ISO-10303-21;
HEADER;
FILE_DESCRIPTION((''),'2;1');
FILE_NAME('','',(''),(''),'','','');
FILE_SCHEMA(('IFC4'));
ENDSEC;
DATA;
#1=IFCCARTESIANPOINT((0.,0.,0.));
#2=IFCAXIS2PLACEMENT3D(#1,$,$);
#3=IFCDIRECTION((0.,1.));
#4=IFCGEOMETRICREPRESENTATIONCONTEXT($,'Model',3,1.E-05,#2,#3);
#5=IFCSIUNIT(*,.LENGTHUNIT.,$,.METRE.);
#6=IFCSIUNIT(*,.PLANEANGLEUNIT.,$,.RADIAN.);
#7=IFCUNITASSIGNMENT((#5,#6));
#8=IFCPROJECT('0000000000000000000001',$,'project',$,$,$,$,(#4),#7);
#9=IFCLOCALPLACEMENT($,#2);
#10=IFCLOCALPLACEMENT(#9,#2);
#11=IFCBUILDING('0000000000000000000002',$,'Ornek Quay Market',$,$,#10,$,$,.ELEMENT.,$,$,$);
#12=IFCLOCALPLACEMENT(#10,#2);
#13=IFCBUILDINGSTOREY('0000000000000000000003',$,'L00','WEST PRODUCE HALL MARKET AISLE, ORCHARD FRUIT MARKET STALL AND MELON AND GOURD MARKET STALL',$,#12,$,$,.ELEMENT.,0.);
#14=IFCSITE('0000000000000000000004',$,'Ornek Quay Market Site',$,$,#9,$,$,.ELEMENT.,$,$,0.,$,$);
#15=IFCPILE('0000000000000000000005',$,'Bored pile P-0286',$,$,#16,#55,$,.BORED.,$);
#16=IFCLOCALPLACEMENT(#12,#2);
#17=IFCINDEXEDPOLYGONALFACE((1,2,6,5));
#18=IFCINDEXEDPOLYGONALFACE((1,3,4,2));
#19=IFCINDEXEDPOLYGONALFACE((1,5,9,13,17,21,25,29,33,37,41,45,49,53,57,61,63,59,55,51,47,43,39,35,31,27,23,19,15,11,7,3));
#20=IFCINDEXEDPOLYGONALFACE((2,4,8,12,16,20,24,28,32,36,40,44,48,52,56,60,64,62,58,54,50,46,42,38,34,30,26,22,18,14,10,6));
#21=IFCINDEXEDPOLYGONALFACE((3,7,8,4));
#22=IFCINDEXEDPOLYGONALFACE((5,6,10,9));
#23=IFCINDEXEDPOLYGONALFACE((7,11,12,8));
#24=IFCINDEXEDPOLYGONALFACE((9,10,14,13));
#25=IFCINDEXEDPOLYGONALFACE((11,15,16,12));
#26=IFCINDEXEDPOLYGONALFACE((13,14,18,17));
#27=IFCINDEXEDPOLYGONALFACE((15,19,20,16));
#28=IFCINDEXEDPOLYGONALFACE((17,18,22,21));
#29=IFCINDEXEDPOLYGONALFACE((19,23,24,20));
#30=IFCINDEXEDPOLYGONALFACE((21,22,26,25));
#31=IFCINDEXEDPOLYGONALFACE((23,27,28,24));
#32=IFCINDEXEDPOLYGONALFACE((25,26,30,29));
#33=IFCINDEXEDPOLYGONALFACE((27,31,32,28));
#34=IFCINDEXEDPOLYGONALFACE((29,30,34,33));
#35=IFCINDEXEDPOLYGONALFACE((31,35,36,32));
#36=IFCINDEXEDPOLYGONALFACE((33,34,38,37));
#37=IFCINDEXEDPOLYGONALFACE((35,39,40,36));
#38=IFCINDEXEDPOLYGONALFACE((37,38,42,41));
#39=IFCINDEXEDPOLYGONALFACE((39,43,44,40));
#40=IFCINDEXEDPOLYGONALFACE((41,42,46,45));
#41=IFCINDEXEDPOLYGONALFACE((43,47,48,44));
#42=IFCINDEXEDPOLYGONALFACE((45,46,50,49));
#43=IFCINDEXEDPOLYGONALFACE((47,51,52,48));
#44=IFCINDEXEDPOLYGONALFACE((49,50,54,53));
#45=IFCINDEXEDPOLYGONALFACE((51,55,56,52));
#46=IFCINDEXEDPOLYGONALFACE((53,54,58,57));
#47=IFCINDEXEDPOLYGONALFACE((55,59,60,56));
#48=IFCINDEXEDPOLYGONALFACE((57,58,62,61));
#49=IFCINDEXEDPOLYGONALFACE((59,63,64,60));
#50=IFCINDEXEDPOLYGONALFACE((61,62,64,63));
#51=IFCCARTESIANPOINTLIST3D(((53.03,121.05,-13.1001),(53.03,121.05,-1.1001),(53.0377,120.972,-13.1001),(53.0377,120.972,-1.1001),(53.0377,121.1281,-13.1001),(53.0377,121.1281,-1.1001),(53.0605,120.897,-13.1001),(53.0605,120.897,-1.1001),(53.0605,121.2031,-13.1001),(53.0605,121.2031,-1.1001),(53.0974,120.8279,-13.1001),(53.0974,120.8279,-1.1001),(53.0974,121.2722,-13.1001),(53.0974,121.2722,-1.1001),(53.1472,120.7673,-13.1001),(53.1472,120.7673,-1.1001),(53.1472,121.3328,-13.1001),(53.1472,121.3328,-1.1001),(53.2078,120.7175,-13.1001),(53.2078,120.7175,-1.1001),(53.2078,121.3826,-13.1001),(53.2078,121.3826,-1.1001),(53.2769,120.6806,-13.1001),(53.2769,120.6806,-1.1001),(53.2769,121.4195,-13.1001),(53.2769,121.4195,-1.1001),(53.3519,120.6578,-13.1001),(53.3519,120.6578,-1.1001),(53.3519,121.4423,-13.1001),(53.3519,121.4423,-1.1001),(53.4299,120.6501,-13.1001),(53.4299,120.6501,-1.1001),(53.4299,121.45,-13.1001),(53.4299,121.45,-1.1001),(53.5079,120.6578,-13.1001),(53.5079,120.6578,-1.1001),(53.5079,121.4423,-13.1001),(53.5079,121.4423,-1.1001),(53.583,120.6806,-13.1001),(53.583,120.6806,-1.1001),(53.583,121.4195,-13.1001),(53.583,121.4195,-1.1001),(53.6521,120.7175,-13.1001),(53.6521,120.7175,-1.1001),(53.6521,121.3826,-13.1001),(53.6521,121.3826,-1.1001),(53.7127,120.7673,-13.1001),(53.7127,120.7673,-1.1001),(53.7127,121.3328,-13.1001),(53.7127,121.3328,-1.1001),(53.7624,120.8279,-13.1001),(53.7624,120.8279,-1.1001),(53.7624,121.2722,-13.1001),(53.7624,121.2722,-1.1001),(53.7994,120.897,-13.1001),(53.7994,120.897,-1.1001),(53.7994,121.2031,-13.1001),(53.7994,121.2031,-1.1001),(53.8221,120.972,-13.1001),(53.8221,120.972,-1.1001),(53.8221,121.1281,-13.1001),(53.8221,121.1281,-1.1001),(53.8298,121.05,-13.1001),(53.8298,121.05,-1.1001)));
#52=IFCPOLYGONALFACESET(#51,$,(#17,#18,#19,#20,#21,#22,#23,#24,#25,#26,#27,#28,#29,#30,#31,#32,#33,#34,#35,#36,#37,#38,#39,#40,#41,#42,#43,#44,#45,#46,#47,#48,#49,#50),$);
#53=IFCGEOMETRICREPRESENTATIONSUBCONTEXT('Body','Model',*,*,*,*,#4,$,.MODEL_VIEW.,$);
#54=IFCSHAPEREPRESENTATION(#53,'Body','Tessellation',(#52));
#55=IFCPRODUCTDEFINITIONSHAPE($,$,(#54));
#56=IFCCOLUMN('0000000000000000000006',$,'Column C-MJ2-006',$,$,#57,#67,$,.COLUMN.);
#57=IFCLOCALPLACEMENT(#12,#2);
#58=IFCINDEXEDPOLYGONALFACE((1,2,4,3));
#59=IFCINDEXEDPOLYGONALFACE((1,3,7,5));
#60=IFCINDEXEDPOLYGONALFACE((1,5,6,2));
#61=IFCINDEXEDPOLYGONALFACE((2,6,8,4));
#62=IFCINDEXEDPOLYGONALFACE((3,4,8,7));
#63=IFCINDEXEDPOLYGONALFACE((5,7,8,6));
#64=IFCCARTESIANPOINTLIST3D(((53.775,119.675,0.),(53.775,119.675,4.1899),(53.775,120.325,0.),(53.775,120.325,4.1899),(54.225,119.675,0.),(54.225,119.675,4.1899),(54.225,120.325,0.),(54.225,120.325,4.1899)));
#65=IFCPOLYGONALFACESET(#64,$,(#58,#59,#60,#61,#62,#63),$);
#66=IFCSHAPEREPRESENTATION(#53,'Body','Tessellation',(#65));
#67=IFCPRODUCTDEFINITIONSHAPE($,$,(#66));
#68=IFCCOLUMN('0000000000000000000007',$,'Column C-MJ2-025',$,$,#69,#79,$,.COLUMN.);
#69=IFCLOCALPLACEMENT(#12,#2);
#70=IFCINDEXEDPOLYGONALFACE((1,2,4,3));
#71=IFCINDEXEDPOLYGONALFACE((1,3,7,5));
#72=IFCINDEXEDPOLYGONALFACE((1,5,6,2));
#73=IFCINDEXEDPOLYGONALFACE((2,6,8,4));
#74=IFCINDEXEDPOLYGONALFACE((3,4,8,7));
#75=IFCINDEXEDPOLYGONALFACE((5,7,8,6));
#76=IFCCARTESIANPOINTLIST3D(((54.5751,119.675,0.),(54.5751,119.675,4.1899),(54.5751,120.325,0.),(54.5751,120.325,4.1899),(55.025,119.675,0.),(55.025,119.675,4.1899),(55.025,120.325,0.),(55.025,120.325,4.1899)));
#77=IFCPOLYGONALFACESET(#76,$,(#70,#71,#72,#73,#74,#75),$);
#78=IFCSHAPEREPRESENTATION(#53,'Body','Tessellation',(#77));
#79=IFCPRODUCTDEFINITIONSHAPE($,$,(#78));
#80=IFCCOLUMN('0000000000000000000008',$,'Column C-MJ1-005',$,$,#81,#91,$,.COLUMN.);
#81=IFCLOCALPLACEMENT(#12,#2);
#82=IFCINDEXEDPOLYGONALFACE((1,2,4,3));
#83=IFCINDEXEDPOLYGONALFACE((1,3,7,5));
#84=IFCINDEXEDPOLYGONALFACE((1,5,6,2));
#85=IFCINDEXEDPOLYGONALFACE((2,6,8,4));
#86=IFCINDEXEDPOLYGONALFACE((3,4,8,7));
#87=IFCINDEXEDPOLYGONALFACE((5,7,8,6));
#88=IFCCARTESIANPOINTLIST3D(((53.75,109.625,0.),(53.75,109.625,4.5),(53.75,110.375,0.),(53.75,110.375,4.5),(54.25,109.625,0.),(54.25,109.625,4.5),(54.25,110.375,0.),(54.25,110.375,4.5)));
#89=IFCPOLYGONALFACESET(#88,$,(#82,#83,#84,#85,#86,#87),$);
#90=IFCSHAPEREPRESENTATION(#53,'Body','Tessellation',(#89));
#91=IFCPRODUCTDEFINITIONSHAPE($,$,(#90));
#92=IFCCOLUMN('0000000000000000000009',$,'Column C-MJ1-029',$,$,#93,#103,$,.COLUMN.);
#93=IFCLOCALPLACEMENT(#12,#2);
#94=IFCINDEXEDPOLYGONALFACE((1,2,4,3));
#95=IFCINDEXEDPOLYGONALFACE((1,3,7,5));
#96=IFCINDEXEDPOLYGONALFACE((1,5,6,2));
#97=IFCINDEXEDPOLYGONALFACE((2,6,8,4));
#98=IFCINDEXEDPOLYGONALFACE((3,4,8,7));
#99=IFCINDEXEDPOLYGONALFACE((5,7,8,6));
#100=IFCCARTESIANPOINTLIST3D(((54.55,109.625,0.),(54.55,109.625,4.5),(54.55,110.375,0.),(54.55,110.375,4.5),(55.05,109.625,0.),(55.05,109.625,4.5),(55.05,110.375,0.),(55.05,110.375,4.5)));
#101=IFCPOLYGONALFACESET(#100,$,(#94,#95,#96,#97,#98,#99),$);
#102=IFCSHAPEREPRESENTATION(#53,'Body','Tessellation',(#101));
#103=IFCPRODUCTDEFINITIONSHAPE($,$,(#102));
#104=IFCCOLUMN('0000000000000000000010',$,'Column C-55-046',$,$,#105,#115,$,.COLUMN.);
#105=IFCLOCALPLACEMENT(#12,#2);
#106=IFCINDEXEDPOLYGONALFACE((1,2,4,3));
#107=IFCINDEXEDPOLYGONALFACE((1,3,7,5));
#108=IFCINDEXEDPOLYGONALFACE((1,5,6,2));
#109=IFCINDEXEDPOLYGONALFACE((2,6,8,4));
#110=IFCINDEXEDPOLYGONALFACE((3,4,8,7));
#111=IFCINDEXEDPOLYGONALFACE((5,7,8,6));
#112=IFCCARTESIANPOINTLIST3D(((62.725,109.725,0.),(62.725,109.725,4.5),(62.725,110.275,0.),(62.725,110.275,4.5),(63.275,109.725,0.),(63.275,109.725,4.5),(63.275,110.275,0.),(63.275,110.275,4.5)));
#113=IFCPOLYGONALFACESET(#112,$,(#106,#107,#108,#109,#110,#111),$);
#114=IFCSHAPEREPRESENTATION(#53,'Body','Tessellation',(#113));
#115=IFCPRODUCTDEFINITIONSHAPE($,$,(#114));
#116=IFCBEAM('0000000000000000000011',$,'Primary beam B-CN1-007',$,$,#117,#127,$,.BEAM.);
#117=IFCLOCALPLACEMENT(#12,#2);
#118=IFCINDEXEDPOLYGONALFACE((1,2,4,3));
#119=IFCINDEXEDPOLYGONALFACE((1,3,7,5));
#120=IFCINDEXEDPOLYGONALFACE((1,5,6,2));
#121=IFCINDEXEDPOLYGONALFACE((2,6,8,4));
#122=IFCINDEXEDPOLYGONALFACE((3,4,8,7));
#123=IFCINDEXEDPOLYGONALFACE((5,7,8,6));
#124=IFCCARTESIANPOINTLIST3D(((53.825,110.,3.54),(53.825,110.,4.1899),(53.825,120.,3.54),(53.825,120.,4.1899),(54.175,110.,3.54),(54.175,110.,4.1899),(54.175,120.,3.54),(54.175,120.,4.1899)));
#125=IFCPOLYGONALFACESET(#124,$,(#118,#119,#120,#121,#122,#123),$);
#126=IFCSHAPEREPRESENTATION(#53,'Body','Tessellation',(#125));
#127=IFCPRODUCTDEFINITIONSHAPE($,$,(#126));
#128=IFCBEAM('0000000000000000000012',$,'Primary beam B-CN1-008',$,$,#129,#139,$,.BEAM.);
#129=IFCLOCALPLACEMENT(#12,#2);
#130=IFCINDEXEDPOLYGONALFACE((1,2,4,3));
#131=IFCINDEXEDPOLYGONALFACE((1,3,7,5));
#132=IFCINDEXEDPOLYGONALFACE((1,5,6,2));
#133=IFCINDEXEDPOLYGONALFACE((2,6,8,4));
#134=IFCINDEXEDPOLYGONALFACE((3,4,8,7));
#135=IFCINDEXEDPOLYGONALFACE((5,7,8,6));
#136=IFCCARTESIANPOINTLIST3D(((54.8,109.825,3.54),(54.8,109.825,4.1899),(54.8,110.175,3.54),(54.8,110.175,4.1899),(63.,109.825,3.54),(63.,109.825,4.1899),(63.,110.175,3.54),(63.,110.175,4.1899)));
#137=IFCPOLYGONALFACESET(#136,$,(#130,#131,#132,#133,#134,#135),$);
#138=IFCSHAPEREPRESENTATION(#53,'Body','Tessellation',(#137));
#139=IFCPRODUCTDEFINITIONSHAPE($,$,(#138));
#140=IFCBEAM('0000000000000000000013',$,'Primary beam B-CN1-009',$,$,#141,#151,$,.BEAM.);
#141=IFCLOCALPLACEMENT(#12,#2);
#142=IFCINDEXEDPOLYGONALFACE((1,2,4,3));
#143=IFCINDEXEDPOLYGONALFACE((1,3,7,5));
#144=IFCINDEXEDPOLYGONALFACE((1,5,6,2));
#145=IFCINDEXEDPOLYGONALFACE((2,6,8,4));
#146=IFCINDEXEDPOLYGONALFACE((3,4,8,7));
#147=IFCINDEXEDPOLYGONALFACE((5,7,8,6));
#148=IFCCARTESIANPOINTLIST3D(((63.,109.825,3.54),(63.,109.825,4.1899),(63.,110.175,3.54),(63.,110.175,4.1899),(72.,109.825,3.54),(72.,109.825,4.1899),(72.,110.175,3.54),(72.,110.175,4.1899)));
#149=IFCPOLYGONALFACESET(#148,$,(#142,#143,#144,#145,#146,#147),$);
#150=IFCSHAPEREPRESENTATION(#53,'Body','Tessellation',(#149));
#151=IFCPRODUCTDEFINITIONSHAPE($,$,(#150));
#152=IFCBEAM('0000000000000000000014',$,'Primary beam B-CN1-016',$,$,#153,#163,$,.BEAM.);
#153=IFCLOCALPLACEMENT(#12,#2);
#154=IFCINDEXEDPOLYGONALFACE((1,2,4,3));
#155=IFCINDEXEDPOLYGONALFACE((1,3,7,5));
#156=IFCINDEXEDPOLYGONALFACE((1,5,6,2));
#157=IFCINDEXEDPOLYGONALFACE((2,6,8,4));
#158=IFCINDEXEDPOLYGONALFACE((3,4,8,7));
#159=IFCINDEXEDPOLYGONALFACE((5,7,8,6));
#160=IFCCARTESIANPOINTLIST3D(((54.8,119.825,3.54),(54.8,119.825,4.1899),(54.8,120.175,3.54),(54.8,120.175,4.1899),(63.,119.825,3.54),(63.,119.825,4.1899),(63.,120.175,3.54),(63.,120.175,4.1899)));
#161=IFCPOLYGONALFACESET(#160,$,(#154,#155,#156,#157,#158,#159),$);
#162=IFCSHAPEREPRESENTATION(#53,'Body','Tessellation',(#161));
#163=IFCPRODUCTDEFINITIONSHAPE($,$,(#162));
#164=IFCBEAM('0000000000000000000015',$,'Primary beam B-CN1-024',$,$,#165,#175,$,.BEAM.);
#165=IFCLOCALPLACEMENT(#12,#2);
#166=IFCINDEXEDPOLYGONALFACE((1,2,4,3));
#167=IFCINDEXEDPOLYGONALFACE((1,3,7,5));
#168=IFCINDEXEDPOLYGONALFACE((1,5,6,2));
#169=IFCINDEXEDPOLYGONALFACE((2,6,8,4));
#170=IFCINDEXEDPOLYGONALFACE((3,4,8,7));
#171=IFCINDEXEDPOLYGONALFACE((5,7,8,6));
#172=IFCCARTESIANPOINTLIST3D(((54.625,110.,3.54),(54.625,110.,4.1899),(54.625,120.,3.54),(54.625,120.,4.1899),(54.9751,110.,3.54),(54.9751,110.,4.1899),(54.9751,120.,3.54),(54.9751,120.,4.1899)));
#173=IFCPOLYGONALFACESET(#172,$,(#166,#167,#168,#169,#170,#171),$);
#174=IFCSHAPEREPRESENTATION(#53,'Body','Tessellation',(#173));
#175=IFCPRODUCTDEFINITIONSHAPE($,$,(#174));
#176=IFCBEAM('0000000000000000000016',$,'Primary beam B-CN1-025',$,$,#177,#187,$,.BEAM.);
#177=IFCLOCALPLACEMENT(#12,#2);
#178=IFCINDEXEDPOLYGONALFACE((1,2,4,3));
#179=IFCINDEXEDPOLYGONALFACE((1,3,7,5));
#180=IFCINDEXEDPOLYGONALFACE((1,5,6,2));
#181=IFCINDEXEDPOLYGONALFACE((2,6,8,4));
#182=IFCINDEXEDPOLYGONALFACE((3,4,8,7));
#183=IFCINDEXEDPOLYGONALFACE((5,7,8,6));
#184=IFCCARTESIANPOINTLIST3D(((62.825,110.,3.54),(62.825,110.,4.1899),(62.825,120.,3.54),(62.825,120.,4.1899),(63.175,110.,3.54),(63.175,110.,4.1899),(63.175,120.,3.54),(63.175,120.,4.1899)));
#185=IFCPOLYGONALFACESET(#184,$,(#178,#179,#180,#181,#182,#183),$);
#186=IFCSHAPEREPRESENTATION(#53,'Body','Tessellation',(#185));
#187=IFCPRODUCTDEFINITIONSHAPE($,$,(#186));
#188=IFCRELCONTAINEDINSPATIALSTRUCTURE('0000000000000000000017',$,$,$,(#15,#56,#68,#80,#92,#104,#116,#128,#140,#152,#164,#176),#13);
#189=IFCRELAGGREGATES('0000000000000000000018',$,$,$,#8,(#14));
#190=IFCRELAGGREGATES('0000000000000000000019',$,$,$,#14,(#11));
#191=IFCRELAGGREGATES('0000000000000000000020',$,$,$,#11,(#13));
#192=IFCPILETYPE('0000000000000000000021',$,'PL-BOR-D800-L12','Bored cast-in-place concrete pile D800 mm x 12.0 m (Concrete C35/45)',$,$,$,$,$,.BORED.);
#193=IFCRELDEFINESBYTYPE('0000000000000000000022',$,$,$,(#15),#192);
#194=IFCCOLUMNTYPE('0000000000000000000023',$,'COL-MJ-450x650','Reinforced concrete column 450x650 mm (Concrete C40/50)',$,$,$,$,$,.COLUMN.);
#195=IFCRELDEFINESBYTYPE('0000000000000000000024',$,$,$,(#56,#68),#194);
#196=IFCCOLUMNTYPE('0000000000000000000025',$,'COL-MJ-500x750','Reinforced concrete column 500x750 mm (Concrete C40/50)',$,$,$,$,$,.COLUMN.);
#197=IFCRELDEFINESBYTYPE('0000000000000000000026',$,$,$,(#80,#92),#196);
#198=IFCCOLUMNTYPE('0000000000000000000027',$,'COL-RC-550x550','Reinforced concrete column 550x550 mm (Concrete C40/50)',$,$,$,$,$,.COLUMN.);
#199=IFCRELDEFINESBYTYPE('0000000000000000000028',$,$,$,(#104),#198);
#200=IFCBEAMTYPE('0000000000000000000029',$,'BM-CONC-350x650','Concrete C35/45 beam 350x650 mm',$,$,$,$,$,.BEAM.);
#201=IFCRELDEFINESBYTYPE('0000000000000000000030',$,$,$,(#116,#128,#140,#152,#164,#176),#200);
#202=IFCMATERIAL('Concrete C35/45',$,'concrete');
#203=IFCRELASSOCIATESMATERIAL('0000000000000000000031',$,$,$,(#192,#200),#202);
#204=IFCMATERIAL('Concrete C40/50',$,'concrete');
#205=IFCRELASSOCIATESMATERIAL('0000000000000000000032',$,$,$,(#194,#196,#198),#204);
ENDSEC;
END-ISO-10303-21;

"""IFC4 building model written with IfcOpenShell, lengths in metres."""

from ifc_helpers import new_model, si_unit, direction, frame, origin, origin_2d, place, context, subcontext, project, spatial, rectangle, circle, extrude, material, material_profile, profile_set, type_object, element, save


model = new_model("IFC4")

# Units and contexts
model_context = context("Model", 3, precision=1e-05, world=origin(), true_north=direction((0.0, 1.0)))
body_context = subcontext(model_context, "Body", "Model", "MODEL_VIEW")
ifc_project = project(units=[si_unit("LENGTHUNIT", "METRE"), si_unit("PLANEANGLEUNIT", "RADIAN")], contexts=[model_context])

# Site, building, storey
site_placement = place(None, origin())
site = spatial("IfcSite", under=ifc_project, at=site_placement, Name="Ornek Quay Market Site", CompositionType="ELEMENT", RefElevation=0.0)
building_placement = place(site_placement, origin())
building = spatial("IfcBuilding", under=site, at=building_placement, Name="Ornek Quay Market", CompositionType="ELEMENT")
storey_placement = place(building_placement, origin())
storey = spatial("IfcBuildingStorey", under=building, at=storey_placement, Name="L00", Description="WEST PRODUCE HALL MARKET AISLE, ORCHARD FRUIT MARKET STALL AND MELON AND GOURD MARKET STALL", CompositionType="ELEMENT", Elevation=0.0)

# Pile
ifc_material_1 = material(Name="Concrete C35/45", Category="concrete")
ifc_material_profile_1 = material_profile(ifc_material_1, circle(Radius=0.3999, at=origin_2d()), Name="PILE D800", Category="concrete")
ifc_profile_set_1 = profile_set([ifc_material_profile_1], Name="Concrete C35/45")
pile_type = type_object("IfcPileType", Name="PL-BOR-D800-L12", Description="Bored cast-in-place concrete pile D800 mm x 12.0 m (Concrete C35/45)", PredefinedType="BORED", material=ifc_profile_set_1)
for number, where, z_axis, x_axis, name in (
    (1, (53.4299, 121.05, -1.1001), (0.0, 0.0, -1.0), (1.0, 0.0, 0.0), "Bored pile P-0286"),
):
    element("IfcPile", number, at=place(storey_placement, frame(where, z_axis=z_axis, x_axis=x_axis)), inside=storey, type_object=pile_type, Name=name, PredefinedType="BORED", context=body_context, shape_type="SweptSolid", body=[
        extrude(circle(Radius=0.3999, at=origin_2d()), origin(), (0.0, 0.0, 1.0), 12.0),
    ])

# Columns
ifc_material_2 = material(Name="Concrete C40/50", Category="concrete")
ifc_material_profile_2 = material_profile(ifc_material_2, rectangle(XDim=0.45, YDim=0.6499, at=origin_2d()), Name="RC 450x650", Category="concrete")
ifc_profile_set_2 = profile_set([ifc_material_profile_2], Name="Concrete C40/50")
column_type_1 = type_object("IfcColumnType", Name="COL-MJ-450x650", Description="Reinforced concrete column 450x650 mm (Concrete C40/50)", PredefinedType="COLUMN", material=ifc_profile_set_2)
for number, where, z_axis, x_axis, name in (
    (2, (54.0, 120.0, 0.0), (0.0, 0.0, 1.0), (1.0, 0.0, 0.0), "Column C-MJ2-006"),
    (3, (54.8, 120.0, 0.0), (0.0, 0.0, 1.0), (1.0, 0.0, 0.0), "Column C-MJ2-025"),
):
    element("IfcColumn", number, at=place(storey_placement, frame(where, z_axis=z_axis, x_axis=x_axis)), inside=storey, type_object=column_type_1, Name=name, PredefinedType="COLUMN", context=body_context, shape_type="SweptSolid", body=[
        extrude(rectangle(XDim=0.45, YDim=0.6499, at=origin_2d()), origin(), (0.0, 0.0, 1.0), 4.1899),
    ])
ifc_material_profile_3 = material_profile(ifc_material_2, rectangle(XDim=0.5, YDim=0.75, at=origin_2d()), Name="RC 500x750", Category="concrete")
ifc_profile_set_3 = profile_set([ifc_material_profile_3], Name="Concrete C40/50")
column_type_2 = type_object("IfcColumnType", Name="COL-MJ-500x750", Description="Reinforced concrete column 500x750 mm (Concrete C40/50)", PredefinedType="COLUMN", material=ifc_profile_set_3)
for number, where, z_axis, x_axis, name in (
    (4, (54.0, 110.0, 0.0), (0.0, 0.0, 1.0), (1.0, 0.0, 0.0), "Column C-MJ1-005"),
    (5, (54.8, 110.0, 0.0), (0.0, 0.0, 1.0), (1.0, 0.0, 0.0), "Column C-MJ1-029"),
):
    element("IfcColumn", number, at=place(storey_placement, frame(where, z_axis=z_axis, x_axis=x_axis)), inside=storey, type_object=column_type_2, Name=name, PredefinedType="COLUMN", context=body_context, shape_type="SweptSolid", body=[
        extrude(rectangle(XDim=0.5, YDim=0.75, at=origin_2d()), origin(), (0.0, 0.0, 1.0), 4.5),
    ])
ifc_material_profile_4 = material_profile(ifc_material_2, rectangle(XDim=0.55, YDim=0.55, at=origin_2d()), Name="RC 550x550", Category="concrete")
ifc_profile_set_4 = profile_set([ifc_material_profile_4], Name="Concrete C40/50")
column_type_3 = type_object("IfcColumnType", Name="COL-RC-550x550", Description="Reinforced concrete column 550x550 mm (Concrete C40/50)", PredefinedType="COLUMN", material=ifc_profile_set_4)
column_placement = place(storey_placement, frame((63.0, 110.0, 0.0), z_axis=(0.0, 0.0, 1.0), x_axis=(1.0, 0.0, 0.0)))
element("IfcColumn", 6, at=column_placement, inside=storey, type_object=column_type_3, Name="Column C-55-046", PredefinedType="COLUMN", context=body_context, shape_type="SweptSolid", body=[
    extrude(rectangle(XDim=0.55, YDim=0.55, at=origin_2d()), origin(), (0.0, 0.0, 1.0), 4.5),
])

# Beams
ifc_material_profile_5 = material_profile(ifc_material_1, rectangle(XDim=0.3501, YDim=0.6499, at=origin_2d()), Name="RC 350x650", Category="concrete")
ifc_profile_set_5 = profile_set([ifc_material_profile_5], Name="Concrete C35/45")
beam_type_1 = type_object("IfcBeamType", Name="BM-CONC-350x650", Description="Concrete C35/45 beam 350x650 mm", PredefinedType="BEAM", material=ifc_profile_set_5)
beam_1_placement = place(storey_placement, frame((54.0, 110.0, 3.865), z_axis=(0.0, 1.0, 0.0), x_axis=(-1.0, 0.0, 0.0)))
element("IfcBeam", 7, at=beam_1_placement, inside=storey, type_object=beam_type_1, Name="Primary beam B-CN1-007", PredefinedType="BEAM", context=body_context, shape_type="SweptSolid", body=[
    extrude(rectangle(XDim=0.3501, YDim=0.6499, at=origin_2d()), origin(), (0.0, 0.0, 1.0), 10.0),
])
beam_2_placement = place(storey_placement, frame((54.8, 110.0, 3.865), z_axis=(1.0, 0.0, 0.0), x_axis=(0.0, 1.0, 0.0)))
element("IfcBeam", 8, at=beam_2_placement, inside=storey, type_object=beam_type_1, Name="Primary beam B-CN1-008", PredefinedType="BEAM", context=body_context, shape_type="SweptSolid", body=[
    extrude(rectangle(XDim=0.3501, YDim=0.6499, at=origin_2d()), origin(), (0.0, 0.0, 1.0), 8.2),
])
beam_3_placement = place(storey_placement, frame((63.0, 110.0, 3.865), z_axis=(1.0, 0.0, 0.0), x_axis=(0.0, 1.0, 0.0)))
element("IfcBeam", 9, at=beam_3_placement, inside=storey, type_object=beam_type_1, Name="Primary beam B-CN1-009", PredefinedType="BEAM", context=body_context, shape_type="SweptSolid", body=[
    extrude(rectangle(XDim=0.3501, YDim=0.6499, at=origin_2d()), origin(), (0.0, 0.0, 1.0), 9.0),
])
beam_4_placement = place(storey_placement, frame((54.8, 120.0, 3.865), z_axis=(1.0, 0.0, 0.0), x_axis=(0.0, 1.0, 0.0)))
element("IfcBeam", 10, at=beam_4_placement, inside=storey, type_object=beam_type_1, Name="Primary beam B-CN1-016", PredefinedType="BEAM", context=body_context, shape_type="SweptSolid", body=[
    extrude(rectangle(XDim=0.3501, YDim=0.6499, at=origin_2d()), origin(), (0.0, 0.0, 1.0), 8.2),
])
for number, where, z_axis, x_axis, name in (
    (11, (54.8, 110.0, 3.865), (0.0, 1.0, 0.0), (-1.0, 0.0, 0.0), "Primary beam B-CN1-024"),
    (12, (63.0, 110.0, 3.865), (0.0, 1.0, 0.0), (-1.0, 0.0, 0.0), "Primary beam B-CN1-025"),
):
    element("IfcBeam", number, at=place(storey_placement, frame(where, z_axis=z_axis, x_axis=x_axis)), inside=storey, type_object=beam_type_1, Name=name, PredefinedType="BEAM", context=body_context, shape_type="SweptSolid", body=[
        extrude(rectangle(XDim=0.3501, YDim=0.6499, at=origin_2d()), origin(), (0.0, 0.0, 1.0), 10.0),
    ])

save(model, "model.ifc")
